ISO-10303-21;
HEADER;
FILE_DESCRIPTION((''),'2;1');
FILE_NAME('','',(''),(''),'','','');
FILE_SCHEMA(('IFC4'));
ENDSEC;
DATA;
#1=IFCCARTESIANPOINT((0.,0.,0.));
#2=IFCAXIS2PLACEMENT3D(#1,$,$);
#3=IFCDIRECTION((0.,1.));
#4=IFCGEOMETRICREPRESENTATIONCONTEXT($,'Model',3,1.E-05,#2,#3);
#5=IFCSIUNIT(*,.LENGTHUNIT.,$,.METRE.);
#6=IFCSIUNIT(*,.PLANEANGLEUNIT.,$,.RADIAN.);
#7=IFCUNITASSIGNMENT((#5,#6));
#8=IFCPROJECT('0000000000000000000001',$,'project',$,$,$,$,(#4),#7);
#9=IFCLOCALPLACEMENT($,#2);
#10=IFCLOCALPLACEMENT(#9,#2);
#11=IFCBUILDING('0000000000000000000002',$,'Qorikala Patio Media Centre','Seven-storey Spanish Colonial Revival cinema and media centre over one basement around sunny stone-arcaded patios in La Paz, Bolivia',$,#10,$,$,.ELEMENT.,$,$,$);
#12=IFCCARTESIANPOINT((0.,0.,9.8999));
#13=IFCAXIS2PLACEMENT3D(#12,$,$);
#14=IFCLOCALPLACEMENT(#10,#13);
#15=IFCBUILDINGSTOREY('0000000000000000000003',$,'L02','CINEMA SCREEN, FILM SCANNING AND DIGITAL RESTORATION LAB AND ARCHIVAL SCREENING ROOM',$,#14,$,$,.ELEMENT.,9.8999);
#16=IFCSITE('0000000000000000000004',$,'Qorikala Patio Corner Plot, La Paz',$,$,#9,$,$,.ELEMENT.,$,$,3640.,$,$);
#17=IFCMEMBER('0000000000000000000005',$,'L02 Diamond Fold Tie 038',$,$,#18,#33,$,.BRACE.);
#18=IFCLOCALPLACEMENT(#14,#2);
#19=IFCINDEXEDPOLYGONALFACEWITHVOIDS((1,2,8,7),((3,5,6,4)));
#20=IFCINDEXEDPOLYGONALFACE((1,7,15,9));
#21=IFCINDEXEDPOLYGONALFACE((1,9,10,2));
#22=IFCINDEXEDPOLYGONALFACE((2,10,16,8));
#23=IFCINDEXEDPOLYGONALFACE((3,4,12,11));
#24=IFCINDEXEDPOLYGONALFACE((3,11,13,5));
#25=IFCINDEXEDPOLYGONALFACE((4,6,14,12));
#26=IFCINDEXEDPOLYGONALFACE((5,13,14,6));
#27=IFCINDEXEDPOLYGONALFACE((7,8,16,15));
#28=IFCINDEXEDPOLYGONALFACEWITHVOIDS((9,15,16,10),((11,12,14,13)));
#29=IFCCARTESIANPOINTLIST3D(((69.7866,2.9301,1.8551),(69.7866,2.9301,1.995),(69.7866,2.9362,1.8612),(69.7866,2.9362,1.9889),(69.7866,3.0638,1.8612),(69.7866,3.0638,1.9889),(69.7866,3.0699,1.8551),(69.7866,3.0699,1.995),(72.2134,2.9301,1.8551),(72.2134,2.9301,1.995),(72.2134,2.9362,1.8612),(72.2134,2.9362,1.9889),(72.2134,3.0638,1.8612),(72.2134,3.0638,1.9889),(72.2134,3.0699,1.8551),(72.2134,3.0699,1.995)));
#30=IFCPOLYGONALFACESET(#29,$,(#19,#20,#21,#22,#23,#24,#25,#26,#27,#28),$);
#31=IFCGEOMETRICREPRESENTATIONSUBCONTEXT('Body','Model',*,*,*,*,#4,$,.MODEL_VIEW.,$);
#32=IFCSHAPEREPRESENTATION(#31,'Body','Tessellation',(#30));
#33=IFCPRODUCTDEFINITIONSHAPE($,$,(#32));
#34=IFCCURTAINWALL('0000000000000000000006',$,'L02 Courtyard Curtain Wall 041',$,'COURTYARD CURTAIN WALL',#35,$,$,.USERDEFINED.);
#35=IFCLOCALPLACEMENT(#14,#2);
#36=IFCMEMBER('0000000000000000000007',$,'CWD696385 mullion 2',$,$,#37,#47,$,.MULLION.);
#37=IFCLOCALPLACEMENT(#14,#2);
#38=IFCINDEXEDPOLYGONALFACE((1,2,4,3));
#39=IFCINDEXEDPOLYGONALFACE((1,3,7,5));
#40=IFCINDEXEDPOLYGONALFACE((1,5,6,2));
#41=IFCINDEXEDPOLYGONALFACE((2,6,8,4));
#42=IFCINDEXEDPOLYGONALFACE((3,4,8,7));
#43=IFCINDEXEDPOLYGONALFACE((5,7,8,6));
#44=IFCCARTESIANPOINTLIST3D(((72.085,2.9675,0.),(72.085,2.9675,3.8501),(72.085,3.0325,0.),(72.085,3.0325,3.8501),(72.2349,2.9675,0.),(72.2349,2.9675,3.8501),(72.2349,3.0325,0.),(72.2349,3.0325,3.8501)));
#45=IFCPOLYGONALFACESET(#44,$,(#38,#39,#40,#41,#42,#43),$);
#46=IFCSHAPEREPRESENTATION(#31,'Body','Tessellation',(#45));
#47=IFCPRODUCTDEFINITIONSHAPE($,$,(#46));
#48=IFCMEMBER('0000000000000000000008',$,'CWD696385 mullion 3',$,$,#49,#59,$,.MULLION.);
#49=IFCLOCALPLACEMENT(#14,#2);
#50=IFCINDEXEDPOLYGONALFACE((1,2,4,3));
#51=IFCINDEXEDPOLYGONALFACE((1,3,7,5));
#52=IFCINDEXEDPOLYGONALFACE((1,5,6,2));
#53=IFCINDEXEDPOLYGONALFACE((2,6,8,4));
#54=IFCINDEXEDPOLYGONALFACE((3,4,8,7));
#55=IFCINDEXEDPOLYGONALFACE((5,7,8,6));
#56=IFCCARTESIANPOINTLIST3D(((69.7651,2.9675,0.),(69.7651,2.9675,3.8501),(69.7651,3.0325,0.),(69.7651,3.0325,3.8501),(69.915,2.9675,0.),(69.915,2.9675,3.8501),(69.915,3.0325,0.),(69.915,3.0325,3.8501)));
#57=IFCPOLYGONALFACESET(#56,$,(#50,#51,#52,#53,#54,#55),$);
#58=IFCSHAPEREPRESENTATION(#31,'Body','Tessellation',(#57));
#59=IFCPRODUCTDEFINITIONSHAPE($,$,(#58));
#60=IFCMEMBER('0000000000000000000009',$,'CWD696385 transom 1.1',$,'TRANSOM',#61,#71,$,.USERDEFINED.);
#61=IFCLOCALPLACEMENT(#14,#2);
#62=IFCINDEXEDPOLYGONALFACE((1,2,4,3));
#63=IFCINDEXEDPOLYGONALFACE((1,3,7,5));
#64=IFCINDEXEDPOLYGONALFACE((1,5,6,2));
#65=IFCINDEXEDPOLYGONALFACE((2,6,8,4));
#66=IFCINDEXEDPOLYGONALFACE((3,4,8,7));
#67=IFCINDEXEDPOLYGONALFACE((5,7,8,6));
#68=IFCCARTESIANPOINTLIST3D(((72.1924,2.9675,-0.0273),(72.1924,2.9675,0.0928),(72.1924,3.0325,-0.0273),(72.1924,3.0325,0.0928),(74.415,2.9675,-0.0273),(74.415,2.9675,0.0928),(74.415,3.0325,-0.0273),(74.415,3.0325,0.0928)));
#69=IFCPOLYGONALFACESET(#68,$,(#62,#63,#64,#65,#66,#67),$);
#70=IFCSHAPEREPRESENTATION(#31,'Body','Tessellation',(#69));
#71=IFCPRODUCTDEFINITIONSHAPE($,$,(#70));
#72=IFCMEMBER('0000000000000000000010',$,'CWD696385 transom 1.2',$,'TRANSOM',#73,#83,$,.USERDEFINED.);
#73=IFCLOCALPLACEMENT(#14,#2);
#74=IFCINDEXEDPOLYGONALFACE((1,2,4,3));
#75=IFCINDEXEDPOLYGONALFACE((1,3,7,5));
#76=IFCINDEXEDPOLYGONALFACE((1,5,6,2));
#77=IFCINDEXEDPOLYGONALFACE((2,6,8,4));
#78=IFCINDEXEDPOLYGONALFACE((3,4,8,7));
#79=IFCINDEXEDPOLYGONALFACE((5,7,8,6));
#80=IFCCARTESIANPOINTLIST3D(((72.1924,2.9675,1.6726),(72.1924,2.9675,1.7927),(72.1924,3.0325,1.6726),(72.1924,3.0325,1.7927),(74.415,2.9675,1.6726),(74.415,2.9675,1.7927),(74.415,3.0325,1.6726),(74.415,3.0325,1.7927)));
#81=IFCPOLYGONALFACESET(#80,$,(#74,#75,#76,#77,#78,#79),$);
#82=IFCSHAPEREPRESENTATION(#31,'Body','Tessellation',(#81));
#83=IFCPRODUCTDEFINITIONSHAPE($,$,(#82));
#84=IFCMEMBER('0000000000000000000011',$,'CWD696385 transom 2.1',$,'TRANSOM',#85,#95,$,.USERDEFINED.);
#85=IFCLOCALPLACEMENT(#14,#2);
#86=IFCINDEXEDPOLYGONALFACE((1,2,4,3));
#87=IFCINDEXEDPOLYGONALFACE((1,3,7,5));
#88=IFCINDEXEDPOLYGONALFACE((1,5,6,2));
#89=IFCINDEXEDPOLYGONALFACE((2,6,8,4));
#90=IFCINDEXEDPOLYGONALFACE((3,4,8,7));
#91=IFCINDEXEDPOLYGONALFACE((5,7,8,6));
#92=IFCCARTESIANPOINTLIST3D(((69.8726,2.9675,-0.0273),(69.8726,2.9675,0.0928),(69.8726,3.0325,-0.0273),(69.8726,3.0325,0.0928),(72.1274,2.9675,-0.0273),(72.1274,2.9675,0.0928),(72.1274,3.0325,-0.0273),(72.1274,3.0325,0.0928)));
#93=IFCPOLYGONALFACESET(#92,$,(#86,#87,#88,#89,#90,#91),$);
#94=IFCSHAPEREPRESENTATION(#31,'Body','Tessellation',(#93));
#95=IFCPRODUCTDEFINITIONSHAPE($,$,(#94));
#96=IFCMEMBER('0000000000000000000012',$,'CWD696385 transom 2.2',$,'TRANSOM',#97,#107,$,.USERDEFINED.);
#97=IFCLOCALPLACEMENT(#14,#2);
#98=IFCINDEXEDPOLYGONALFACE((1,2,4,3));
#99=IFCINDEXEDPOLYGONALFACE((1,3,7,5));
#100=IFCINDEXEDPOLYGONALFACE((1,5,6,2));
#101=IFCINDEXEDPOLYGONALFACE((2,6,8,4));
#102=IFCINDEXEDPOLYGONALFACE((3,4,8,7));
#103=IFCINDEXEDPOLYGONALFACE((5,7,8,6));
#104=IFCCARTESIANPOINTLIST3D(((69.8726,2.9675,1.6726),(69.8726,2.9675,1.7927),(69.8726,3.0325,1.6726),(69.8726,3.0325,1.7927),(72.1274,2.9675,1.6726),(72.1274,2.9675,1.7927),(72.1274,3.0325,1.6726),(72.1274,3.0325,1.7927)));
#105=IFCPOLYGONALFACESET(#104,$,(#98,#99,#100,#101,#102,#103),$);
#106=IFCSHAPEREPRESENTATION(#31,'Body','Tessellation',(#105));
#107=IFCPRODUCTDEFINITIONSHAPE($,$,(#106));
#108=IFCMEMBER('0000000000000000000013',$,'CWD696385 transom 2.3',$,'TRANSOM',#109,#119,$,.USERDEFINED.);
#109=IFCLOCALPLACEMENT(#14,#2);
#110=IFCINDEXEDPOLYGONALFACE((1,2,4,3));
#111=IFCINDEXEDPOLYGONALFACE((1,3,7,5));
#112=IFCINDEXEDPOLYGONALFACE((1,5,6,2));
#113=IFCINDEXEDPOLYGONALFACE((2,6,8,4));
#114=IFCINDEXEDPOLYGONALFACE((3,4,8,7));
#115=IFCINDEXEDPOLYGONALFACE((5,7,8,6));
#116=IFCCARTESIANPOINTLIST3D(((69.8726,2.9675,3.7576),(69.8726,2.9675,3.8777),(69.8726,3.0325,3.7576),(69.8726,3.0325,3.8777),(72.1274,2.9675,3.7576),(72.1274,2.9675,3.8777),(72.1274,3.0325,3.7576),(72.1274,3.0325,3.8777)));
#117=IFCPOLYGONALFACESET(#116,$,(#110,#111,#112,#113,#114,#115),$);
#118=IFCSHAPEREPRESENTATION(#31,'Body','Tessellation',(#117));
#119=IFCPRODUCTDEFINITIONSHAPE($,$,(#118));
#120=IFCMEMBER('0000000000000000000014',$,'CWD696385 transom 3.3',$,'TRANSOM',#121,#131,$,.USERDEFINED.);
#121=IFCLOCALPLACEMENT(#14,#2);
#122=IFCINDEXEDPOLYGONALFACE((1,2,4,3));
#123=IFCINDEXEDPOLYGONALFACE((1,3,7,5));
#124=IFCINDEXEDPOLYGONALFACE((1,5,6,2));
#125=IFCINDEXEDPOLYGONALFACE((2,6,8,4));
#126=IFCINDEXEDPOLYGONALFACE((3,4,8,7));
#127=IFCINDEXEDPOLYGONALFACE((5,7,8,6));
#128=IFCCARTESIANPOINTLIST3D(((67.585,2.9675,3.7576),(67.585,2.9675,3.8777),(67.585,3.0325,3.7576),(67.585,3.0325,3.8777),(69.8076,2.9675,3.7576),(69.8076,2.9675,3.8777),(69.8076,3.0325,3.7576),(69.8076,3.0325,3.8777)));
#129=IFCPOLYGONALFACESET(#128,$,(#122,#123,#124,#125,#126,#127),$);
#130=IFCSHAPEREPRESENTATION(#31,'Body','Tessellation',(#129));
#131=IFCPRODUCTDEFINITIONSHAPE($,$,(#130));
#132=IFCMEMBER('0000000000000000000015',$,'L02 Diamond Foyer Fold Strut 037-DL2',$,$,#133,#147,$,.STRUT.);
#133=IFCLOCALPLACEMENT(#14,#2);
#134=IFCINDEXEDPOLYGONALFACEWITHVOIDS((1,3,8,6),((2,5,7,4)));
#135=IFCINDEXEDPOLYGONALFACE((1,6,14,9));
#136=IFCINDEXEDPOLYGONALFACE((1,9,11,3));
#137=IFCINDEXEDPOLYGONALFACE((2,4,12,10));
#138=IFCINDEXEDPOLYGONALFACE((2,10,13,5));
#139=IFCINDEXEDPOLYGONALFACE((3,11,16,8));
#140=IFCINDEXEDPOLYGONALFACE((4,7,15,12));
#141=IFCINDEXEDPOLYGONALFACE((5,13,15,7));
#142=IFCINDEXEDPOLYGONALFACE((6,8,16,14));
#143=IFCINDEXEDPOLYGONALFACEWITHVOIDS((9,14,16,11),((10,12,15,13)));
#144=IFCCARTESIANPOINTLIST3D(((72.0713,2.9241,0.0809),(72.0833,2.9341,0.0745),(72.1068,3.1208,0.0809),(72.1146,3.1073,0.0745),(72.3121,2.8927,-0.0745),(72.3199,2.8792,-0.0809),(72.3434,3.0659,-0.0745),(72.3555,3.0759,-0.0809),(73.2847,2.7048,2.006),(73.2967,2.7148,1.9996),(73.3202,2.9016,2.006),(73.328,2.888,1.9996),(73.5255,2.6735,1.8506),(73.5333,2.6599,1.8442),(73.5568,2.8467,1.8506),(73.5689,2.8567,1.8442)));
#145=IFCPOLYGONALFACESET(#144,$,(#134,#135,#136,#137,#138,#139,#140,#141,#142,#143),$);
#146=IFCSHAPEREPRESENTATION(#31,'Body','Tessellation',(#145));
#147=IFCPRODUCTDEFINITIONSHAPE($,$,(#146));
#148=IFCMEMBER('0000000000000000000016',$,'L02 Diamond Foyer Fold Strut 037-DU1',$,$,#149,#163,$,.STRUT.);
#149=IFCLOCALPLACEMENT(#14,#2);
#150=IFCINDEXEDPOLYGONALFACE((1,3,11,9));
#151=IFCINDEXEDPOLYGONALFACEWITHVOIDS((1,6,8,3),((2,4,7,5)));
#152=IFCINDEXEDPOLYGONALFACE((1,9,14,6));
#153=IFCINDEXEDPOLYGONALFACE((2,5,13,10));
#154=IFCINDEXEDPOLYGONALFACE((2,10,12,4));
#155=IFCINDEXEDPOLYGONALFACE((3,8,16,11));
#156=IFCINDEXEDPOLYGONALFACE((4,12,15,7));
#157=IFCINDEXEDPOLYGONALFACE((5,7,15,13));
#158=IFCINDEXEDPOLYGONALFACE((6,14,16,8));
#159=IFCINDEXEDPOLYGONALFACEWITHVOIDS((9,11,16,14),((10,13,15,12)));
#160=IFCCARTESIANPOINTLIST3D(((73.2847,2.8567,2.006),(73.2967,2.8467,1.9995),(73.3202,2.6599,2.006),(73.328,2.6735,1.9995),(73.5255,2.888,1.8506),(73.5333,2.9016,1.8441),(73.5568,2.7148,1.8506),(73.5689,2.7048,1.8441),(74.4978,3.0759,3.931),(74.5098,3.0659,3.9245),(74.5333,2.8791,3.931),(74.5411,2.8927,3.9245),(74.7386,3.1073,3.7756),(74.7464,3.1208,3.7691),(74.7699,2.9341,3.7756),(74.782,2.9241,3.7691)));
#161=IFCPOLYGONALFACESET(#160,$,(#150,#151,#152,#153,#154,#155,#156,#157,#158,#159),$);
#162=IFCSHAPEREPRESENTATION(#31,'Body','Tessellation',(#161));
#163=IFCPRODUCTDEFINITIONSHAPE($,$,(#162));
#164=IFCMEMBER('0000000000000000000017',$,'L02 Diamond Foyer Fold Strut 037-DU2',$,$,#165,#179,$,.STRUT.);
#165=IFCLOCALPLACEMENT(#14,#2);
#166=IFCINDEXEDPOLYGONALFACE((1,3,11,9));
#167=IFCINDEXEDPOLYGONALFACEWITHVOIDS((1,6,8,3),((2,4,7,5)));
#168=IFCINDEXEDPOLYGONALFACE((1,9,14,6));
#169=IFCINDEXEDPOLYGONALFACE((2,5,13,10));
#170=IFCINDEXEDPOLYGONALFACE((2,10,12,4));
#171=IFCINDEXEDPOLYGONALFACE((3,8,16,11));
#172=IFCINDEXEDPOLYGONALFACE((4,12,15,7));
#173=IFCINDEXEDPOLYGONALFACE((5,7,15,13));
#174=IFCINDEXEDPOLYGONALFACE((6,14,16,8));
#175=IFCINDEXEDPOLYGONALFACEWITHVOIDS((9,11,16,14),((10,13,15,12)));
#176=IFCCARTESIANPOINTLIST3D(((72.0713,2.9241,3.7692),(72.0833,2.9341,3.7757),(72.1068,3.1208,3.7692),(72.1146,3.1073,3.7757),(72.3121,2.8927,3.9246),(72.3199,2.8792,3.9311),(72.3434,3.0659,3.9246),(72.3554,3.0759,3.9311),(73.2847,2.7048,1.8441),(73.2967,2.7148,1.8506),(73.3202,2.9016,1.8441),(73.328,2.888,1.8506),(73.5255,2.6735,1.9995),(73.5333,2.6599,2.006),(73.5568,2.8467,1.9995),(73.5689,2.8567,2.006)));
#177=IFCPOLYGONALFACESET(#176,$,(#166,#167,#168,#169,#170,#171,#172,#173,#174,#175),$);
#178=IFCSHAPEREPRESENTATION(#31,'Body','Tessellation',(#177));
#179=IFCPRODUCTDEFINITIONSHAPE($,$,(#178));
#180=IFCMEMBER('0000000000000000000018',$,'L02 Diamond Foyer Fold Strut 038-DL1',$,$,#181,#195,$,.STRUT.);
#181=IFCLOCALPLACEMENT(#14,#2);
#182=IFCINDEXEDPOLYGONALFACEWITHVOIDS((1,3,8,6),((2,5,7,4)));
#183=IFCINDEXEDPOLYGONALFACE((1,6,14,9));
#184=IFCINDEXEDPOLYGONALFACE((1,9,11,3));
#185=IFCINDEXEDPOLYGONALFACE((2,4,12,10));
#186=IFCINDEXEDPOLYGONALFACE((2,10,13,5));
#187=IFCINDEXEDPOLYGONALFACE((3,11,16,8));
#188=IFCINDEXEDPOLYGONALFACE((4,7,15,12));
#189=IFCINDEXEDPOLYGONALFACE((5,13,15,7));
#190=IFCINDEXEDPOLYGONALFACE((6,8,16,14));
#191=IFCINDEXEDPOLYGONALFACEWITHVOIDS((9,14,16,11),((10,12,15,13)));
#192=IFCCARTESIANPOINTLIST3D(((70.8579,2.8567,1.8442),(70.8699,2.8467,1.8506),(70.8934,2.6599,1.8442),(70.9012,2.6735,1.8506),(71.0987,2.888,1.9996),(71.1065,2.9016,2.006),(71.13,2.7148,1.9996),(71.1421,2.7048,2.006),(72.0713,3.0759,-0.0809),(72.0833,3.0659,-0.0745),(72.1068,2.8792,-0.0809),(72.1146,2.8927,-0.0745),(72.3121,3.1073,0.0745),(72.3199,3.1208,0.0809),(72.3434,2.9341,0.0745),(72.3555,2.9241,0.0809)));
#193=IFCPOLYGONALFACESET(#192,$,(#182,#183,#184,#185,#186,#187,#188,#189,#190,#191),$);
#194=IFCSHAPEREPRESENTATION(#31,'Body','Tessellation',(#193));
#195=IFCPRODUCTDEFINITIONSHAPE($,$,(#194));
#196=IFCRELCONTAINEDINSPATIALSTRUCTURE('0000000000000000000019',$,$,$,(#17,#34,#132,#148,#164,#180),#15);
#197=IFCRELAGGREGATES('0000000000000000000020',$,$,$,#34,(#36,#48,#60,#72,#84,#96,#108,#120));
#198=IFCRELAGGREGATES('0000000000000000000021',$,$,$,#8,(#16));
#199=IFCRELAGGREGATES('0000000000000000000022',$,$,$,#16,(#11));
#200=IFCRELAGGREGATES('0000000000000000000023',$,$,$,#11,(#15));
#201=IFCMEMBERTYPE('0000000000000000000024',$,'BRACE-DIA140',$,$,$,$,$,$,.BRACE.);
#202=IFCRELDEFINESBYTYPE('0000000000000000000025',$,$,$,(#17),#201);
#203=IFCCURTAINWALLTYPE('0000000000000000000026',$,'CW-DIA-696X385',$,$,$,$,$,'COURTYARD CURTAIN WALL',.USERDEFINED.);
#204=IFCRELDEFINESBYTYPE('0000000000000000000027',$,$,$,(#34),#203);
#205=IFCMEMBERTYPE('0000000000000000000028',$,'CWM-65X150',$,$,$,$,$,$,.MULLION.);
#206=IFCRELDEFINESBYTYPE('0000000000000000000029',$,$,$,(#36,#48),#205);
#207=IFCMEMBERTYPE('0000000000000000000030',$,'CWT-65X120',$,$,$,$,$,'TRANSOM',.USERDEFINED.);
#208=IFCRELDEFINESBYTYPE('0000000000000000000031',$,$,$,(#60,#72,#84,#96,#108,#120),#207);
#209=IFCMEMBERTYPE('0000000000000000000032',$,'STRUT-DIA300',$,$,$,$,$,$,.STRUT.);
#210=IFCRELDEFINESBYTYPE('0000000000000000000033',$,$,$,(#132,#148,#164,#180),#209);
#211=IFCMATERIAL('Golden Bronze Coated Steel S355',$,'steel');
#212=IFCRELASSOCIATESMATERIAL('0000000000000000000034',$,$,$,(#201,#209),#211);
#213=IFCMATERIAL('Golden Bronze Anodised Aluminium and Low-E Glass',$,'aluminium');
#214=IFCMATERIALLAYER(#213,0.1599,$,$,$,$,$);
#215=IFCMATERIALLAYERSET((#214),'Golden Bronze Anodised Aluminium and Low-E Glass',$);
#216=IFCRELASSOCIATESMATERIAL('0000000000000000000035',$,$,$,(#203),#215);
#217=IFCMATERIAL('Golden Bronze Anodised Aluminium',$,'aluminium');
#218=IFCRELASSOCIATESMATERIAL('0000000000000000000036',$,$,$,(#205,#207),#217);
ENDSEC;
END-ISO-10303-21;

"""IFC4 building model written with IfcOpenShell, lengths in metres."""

from ifc_helpers import new_model, si_unit, direction, frame, origin, origin_2d, place, context, subcontext, project, spatial, rectangle, hollow_rectangle, extrude, material, layer, layer_set, material_profile, profile_set, type_object, element, aggregate, save


model = new_model("IFC4")

# Units and contexts
model_context = context("Model", 3, precision=1e-05, world=origin(), true_north=direction((0.0, 1.0)))
body_context = subcontext(model_context, "Body", "Model", "MODEL_VIEW")
ifc_project = project(units=[si_unit("LENGTHUNIT", "METRE"), si_unit("PLANEANGLEUNIT", "RADIAN")], contexts=[model_context])

# Site, building, storey
site_placement = place(None, origin())
site = spatial("IfcSite", under=ifc_project, at=site_placement, Name="Qorikala Patio Corner Plot, La Paz", CompositionType="ELEMENT", RefElevation=3640.0)
building_placement = place(site_placement, origin())
building = spatial("IfcBuilding", under=site, at=building_placement, Name="Qorikala Patio Media Centre", Description="Seven-storey Spanish Colonial Revival cinema and media centre over one basement around sunny stone-arcaded patios in La Paz, Bolivia", CompositionType="ELEMENT")
storey_placement = place(building_placement, frame((0.0, 0.0, 9.8999)))
storey = spatial("IfcBuildingStorey", under=building, at=storey_placement, Name="L02", Description="CINEMA SCREEN, FILM SCANNING AND DIGITAL RESTORATION LAB AND ARCHIVAL SCREENING ROOM", CompositionType="ELEMENT", Elevation=9.8999)

# Member
ifc_material_1 = material(Name="Golden Bronze Coated Steel S355", Category="steel")
ifc_material_profile_1 = material_profile(ifc_material_1, hollow_rectangle(XDim=0.1399, YDim=0.1399, WallThickness=0.0061, at=origin_2d()), Name="HSS140X140X6")
ifc_profile_set_1 = profile_set([ifc_material_profile_1], Name="Golden Bronze Coated Steel S355")
member_type_1 = type_object("IfcMemberType", Name="BRACE-DIA140", PredefinedType="BRACE", material=ifc_profile_set_1)
member_1_placement = place(storey_placement, frame((72.2134, 3.0, 1.925), z_axis=(-1.0, 0.0, 0.0), x_axis=(0.0, -1.0, 0.0)))
element("IfcMember", 1, at=member_1_placement, inside=storey, type_object=member_type_1, Name="L02 Diamond Fold Tie 038", PredefinedType="BRACE", context=body_context, shape_type="SweptSolid", body=[
    extrude(hollow_rectangle(XDim=0.1399, YDim=0.1399, WallThickness=0.0061, at=origin_2d()), origin(), (0.0, 0.0, 1.0), 2.4268),
])

# Curtain wall, members
ifc_material_2 = material(Name="Golden Bronze Anodised Aluminium and Low-E Glass", Category="aluminium")
ifc_layer_1 = layer(ifc_material_2, 0.1599)
ifc_layer_set_1 = layer_set([ifc_layer_1], Name="Golden Bronze Anodised Aluminium and Low-E Glass")
curtain_wall_type = type_object("IfcCurtainWallType", Name="CW-DIA-696X385", ElementType="COURTYARD CURTAIN WALL", PredefinedType="USERDEFINED", material=ifc_layer_set_1)
curtain_wall_placement = place(storey_placement, origin())
curtain_wall = element("IfcCurtainWall", 2, at=curtain_wall_placement, inside=storey, type_object=curtain_wall_type, Name="L02 Courtyard Curtain Wall 041", ObjectType="COURTYARD CURTAIN WALL", PredefinedType="USERDEFINED")
ifc_material_3 = material(Name="Golden Bronze Anodised Aluminium", Category="aluminium")
ifc_material_profile_2 = material_profile(ifc_material_3, rectangle(XDim=0.0649, YDim=0.1499, at=origin_2d()), Name="ALU MULLION 65x150")
ifc_profile_set_2 = profile_set([ifc_material_profile_2], Name="Golden Bronze Anodised Aluminium")
member_type_2 = type_object("IfcMemberType", Name="CWM-65X150", PredefinedType="MULLION", material=ifc_profile_set_2)
member_2_placement = place(storey_placement, frame((72.1599, 3.0, 0.0), z_axis=(0.0, 0.0, 1.0), x_axis=(0.0, -1.0, 0.0)))
member_2 = element("IfcMember", 3, at=member_2_placement, type_object=member_type_2, Name="CWD696385 mullion 2", PredefinedType="MULLION", context=body_context, shape_type="SweptSolid", body=[
    extrude(rectangle(XDim=0.0649, YDim=0.1499, at=origin_2d()), origin(), (0.0, 0.0, 1.0), 3.8501),
])
member_3_placement = place(storey_placement, frame((69.8401, 3.0, 0.0), z_axis=(0.0, 0.0, 1.0), x_axis=(0.0, -1.0, 0.0)))
member_3 = element("IfcMember", 4, at=member_3_placement, type_object=member_type_2, Name="CWD696385 mullion 3", PredefinedType="MULLION", context=body_context, shape_type="SweptSolid", body=[
    extrude(rectangle(XDim=0.0649, YDim=0.1499, at=origin_2d()), origin(), (0.0, 0.0, 1.0), 3.8501),
])
ifc_material_profile_3 = material_profile(ifc_material_3, rectangle(XDim=0.0649, YDim=0.1201, at=origin_2d()), Name="ALU TRANSOM 65x120")
ifc_profile_set_3 = profile_set([ifc_material_profile_3], Name="Golden Bronze Anodised Aluminium")
member_type_3 = type_object("IfcMemberType", Name="CWT-65X120", ElementType="TRANSOM", PredefinedType="USERDEFINED", material=ifc_profile_set_3)
member_4_placement = place(storey_placement, frame((74.415, 3.0, 0.0327), z_axis=(-1.0, 0.0, 0.0), x_axis=(0.0, -1.0, 0.0)))
member_4 = element("IfcMember", 5, at=member_4_placement, type_object=member_type_3, Name="CWD696385 transom 1.1", ObjectType="TRANSOM", PredefinedType="USERDEFINED", context=body_context, shape_type="SweptSolid", body=[
    extrude(rectangle(XDim=0.0649, YDim=0.1201, at=origin_2d()), origin(), (0.0, 0.0, 1.0), 2.2227),
])
member_5_placement = place(storey_placement, frame((74.415, 3.0, 1.7327), z_axis=(-1.0, 0.0, 0.0), x_axis=(0.0, -1.0, 0.0)))
member_5 = element("IfcMember", 6, at=member_5_placement, type_object=member_type_3, Name="CWD696385 transom 1.2", ObjectType="TRANSOM", PredefinedType="USERDEFINED", context=body_context, shape_type="SweptSolid", body=[
    extrude(rectangle(XDim=0.0649, YDim=0.1201, at=origin_2d()), origin(), (0.0, 0.0, 1.0), 2.2227),
])
member_6_placement = place(storey_placement, frame((72.1274, 3.0, 0.0327), z_axis=(-1.0, 0.0, 0.0), x_axis=(0.0, -1.0, 0.0)))
member_6 = element("IfcMember", 7, at=member_6_placement, type_object=member_type_3, Name="CWD696385 transom 2.1", ObjectType="TRANSOM", PredefinedType="USERDEFINED", context=body_context, shape_type="SweptSolid", body=[
    extrude(rectangle(XDim=0.0649, YDim=0.1201, at=origin_2d()), origin(), (0.0, 0.0, 1.0), 2.2549),
])
member_7_placement = place(storey_placement, frame((72.1274, 3.0, 1.7327), z_axis=(-1.0, 0.0, 0.0), x_axis=(0.0, -1.0, 0.0)))
member_7 = element("IfcMember", 8, at=member_7_placement, type_object=member_type_3, Name="CWD696385 transom 2.2", ObjectType="TRANSOM", PredefinedType="USERDEFINED", context=body_context, shape_type="SweptSolid", body=[
    extrude(rectangle(XDim=0.0649, YDim=0.1201, at=origin_2d()), origin(), (0.0, 0.0, 1.0), 2.2549),
])
member_8_placement = place(storey_placement, frame((72.1274, 3.0, 3.8176), z_axis=(-1.0, 0.0, 0.0), x_axis=(0.0, -1.0, 0.0)))
member_8 = element("IfcMember", 9, at=member_8_placement, type_object=member_type_3, Name="CWD696385 transom 2.3", ObjectType="TRANSOM", PredefinedType="USERDEFINED", context=body_context, shape_type="SweptSolid", body=[
    extrude(rectangle(XDim=0.0649, YDim=0.1201, at=origin_2d()), origin(), (0.0, 0.0, 1.0), 2.2549),
])
member_9_placement = place(storey_placement, frame((69.8076, 3.0, 3.8176), z_axis=(-1.0, 0.0, 0.0), x_axis=(0.0, -1.0, 0.0)))
member_9 = element("IfcMember", 10, at=member_9_placement, type_object=member_type_3, Name="CWD696385 transom 3.3", ObjectType="TRANSOM", PredefinedType="USERDEFINED", context=body_context, shape_type="SweptSolid", body=[
    extrude(rectangle(XDim=0.0649, YDim=0.1201, at=origin_2d()), origin(), (0.0, 0.0, 1.0), 2.2227),
])

# Members
ifc_material_profile_4 = material_profile(ifc_material_1, hollow_rectangle(XDim=0.2, YDim=0.3, WallThickness=0.012, at=origin_2d()), Name="HSS300X200X12")
ifc_profile_set_4 = profile_set([ifc_material_profile_4], Name="Golden Bronze Coated Steel S355")
member_type_4 = type_object("IfcMemberType", Name="STRUT-DIA300", PredefinedType="STRUT", material=ifc_profile_set_4)
member_10_placement = place(storey_placement, frame((72.2134, 3.0, 0.0), z_axis=(0.530768, -0.095901, 0.842074), x_axis=(0.177805, 0.984066, 0.0)))
element("IfcMember", 11, at=member_10_placement, inside=storey, type_object=member_type_4, Name="L02 Diamond Foyer Fold Strut 037-DL2", PredefinedType="STRUT", context=body_context, shape_type="SweptSolid", body=[
    extrude(hollow_rectangle(XDim=0.2, YDim=0.3, WallThickness=0.012, at=origin_2d()), origin(), (0.0, 0.0, 1.0), 2.2861),
])
member_11_placement = place(storey_placement, frame((73.4268, 2.7808, 1.925), z_axis=(0.530691, 0.095907, 0.842121), x_axis=(-0.17784, 0.984059, 0.0)))
element("IfcMember", 12, at=member_11_placement, inside=storey, type_object=member_type_4, Name="L02 Diamond Foyer Fold Strut 037-DU1", PredefinedType="STRUT", context=body_context, shape_type="SweptSolid", body=[
    extrude(hollow_rectangle(XDim=0.2, YDim=0.3, WallThickness=0.012, at=origin_2d()), origin(), (0.0, 0.0, 1.0), 2.2859),
])
for number, where, z_axis, x_axis, name in (
    (13, (73.4268, 2.7808, 1.925), (-0.530768, 0.095901, 0.842074), (-0.177805, -0.984066, 0.0), "L02 Diamond Foyer Fold Strut 037-DU2"),
    (14, (72.2134, 3.0, 0.0), (-0.530768, -0.095901, 0.842074), (0.177805, -0.984066, 0.0), "L02 Diamond Foyer Fold Strut 038-DL1"),
):
    element("IfcMember", number, at=place(storey_placement, frame(where, z_axis=z_axis, x_axis=x_axis)), inside=storey, type_object=member_type_4, Name=name, PredefinedType="STRUT", context=body_context, shape_type="SweptSolid", body=[
        extrude(hollow_rectangle(XDim=0.2, YDim=0.3, WallThickness=0.012, at=origin_2d()), origin(), (0.0, 0.0, 1.0), 2.2861),
    ])

aggregate(curtain_wall, [member_2, member_3, member_4, member_5, member_6, member_7, member_8, member_9])

save(model, "model.ifc")
